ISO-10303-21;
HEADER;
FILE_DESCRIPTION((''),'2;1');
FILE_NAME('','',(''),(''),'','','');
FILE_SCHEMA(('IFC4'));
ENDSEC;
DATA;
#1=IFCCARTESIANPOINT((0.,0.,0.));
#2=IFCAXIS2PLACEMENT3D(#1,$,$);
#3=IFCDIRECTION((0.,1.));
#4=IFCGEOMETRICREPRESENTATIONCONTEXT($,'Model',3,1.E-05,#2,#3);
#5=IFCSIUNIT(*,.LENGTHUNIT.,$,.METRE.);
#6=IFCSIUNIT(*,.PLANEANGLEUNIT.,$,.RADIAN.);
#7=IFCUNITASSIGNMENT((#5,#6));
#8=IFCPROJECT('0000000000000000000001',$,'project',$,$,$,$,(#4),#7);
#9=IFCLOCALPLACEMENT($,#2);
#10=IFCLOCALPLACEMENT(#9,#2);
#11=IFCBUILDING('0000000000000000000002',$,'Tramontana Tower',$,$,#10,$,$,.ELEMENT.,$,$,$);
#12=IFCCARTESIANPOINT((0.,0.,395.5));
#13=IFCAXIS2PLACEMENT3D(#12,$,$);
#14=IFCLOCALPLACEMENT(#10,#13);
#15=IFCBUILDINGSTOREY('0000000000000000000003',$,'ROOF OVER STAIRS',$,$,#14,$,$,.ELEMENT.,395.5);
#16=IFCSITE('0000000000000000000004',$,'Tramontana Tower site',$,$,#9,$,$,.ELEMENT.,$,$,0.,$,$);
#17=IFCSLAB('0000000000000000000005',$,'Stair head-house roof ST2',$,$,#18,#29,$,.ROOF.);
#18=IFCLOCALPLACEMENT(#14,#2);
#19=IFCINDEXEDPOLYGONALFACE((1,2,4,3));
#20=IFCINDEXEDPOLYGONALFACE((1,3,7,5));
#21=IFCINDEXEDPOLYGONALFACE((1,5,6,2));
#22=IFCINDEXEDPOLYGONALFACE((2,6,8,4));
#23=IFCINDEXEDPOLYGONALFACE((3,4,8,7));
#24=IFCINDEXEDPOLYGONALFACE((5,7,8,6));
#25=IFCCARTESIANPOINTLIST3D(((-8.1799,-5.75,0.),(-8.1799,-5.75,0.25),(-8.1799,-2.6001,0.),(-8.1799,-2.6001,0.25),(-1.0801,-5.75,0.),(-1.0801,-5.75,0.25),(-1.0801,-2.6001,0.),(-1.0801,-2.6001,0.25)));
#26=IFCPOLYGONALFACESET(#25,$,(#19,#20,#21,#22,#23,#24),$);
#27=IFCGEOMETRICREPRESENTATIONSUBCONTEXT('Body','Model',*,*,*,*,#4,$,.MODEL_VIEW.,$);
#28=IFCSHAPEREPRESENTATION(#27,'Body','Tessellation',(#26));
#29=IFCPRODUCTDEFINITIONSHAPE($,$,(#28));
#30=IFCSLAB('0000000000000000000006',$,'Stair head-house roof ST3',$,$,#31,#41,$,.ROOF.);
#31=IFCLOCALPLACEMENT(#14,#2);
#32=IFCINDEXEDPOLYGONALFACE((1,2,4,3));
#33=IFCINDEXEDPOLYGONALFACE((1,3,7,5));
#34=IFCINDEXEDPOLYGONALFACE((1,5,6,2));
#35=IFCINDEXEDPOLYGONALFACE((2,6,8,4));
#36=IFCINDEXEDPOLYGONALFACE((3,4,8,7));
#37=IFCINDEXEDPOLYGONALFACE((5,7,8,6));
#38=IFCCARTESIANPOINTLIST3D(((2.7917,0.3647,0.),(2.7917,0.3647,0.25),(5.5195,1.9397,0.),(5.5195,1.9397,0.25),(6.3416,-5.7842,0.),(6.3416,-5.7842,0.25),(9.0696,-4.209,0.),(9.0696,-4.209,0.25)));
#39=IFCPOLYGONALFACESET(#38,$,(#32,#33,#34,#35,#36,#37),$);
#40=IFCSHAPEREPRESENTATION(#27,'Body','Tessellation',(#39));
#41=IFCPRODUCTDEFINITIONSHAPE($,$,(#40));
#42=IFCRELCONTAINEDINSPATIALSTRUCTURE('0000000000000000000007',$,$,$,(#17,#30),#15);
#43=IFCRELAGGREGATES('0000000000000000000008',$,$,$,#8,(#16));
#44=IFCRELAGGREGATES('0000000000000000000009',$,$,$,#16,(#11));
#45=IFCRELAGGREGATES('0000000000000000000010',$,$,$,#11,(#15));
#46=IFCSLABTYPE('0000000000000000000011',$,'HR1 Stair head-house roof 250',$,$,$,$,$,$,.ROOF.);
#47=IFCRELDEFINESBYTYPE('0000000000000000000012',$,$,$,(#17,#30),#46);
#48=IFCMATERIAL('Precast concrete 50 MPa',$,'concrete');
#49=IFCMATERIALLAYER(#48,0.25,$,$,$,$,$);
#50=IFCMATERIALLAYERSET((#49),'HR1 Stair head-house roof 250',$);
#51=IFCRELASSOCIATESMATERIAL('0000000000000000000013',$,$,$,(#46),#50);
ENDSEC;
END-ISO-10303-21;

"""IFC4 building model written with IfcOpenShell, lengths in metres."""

from ifc_helpers import new_model, si_unit, direction, frame, origin, place, context, subcontext, project, spatial, polyline, outline, extrude, material, layer, layer_set, type_object, element, save


model = new_model("IFC4")

# Units and contexts
model_context = context("Model", 3, precision=1e-05, world=origin(), true_north=direction((0.0, 1.0)))
body_context = subcontext(model_context, "Body", "Model", "MODEL_VIEW")
ifc_project = project(units=[si_unit("LENGTHUNIT", "METRE"), si_unit("PLANEANGLEUNIT", "RADIAN")], contexts=[model_context])

# Site, building, storey
site_placement = place(None, origin())
site = spatial("IfcSite", under=ifc_project, at=site_placement, Name="Tramontana Tower site", CompositionType="ELEMENT", RefElevation=0.0)
building_placement = place(site_placement, origin())
building = spatial("IfcBuilding", under=site, at=building_placement, Name="Tramontana Tower", CompositionType="ELEMENT")
storey_placement = place(building_placement, frame((0.0, 0.0, 395.5)))
storey = spatial("IfcBuildingStorey", under=building, at=storey_placement, Name="ROOF OVER STAIRS", CompositionType="ELEMENT", Elevation=395.5)

# Slabs
ifc_material = material(Name="Precast concrete 50 MPa", Category="concrete")
ifc_layer = layer(ifc_material, 0.25)
ifc_layer_set = layer_set([ifc_layer], Name="HR1 Stair head-house roof 250")
slab_type = type_object("IfcSlabType", Name="HR1 Stair head-house roof 250", PredefinedType="ROOF", material=ifc_layer_set)
slab_1_placement = place(storey_placement, origin())
element("IfcSlab", 1, at=slab_1_placement, inside=storey, type_object=slab_type, Name="Stair head-house roof ST2", PredefinedType="ROOF", context=body_context, shape_type="SweptSolid", body=[
    extrude(outline(polyline([(-8.1799, -5.75), (-1.0801, -5.75), (-1.0801, -2.6001), (-8.1799, -2.6001), (-8.1799, -5.75)])), origin(), (0.0, 0.0, 1.0), 0.25),
])
slab_2_placement = place(storey_placement, origin())
element("IfcSlab", 2, at=slab_2_placement, inside=storey, type_object=slab_type, Name="Stair head-house roof ST3", PredefinedType="ROOF", context=body_context, shape_type="SweptSolid", body=[
    extrude(outline(polyline([(9.0696, -4.209), (5.5195, 1.9397), (2.7917, 0.3647), (6.3416, -5.7842), (9.0696, -4.209)])), origin(), (0.0, 0.0, 1.0), 0.25),
])

save(model, "model.ifc")
